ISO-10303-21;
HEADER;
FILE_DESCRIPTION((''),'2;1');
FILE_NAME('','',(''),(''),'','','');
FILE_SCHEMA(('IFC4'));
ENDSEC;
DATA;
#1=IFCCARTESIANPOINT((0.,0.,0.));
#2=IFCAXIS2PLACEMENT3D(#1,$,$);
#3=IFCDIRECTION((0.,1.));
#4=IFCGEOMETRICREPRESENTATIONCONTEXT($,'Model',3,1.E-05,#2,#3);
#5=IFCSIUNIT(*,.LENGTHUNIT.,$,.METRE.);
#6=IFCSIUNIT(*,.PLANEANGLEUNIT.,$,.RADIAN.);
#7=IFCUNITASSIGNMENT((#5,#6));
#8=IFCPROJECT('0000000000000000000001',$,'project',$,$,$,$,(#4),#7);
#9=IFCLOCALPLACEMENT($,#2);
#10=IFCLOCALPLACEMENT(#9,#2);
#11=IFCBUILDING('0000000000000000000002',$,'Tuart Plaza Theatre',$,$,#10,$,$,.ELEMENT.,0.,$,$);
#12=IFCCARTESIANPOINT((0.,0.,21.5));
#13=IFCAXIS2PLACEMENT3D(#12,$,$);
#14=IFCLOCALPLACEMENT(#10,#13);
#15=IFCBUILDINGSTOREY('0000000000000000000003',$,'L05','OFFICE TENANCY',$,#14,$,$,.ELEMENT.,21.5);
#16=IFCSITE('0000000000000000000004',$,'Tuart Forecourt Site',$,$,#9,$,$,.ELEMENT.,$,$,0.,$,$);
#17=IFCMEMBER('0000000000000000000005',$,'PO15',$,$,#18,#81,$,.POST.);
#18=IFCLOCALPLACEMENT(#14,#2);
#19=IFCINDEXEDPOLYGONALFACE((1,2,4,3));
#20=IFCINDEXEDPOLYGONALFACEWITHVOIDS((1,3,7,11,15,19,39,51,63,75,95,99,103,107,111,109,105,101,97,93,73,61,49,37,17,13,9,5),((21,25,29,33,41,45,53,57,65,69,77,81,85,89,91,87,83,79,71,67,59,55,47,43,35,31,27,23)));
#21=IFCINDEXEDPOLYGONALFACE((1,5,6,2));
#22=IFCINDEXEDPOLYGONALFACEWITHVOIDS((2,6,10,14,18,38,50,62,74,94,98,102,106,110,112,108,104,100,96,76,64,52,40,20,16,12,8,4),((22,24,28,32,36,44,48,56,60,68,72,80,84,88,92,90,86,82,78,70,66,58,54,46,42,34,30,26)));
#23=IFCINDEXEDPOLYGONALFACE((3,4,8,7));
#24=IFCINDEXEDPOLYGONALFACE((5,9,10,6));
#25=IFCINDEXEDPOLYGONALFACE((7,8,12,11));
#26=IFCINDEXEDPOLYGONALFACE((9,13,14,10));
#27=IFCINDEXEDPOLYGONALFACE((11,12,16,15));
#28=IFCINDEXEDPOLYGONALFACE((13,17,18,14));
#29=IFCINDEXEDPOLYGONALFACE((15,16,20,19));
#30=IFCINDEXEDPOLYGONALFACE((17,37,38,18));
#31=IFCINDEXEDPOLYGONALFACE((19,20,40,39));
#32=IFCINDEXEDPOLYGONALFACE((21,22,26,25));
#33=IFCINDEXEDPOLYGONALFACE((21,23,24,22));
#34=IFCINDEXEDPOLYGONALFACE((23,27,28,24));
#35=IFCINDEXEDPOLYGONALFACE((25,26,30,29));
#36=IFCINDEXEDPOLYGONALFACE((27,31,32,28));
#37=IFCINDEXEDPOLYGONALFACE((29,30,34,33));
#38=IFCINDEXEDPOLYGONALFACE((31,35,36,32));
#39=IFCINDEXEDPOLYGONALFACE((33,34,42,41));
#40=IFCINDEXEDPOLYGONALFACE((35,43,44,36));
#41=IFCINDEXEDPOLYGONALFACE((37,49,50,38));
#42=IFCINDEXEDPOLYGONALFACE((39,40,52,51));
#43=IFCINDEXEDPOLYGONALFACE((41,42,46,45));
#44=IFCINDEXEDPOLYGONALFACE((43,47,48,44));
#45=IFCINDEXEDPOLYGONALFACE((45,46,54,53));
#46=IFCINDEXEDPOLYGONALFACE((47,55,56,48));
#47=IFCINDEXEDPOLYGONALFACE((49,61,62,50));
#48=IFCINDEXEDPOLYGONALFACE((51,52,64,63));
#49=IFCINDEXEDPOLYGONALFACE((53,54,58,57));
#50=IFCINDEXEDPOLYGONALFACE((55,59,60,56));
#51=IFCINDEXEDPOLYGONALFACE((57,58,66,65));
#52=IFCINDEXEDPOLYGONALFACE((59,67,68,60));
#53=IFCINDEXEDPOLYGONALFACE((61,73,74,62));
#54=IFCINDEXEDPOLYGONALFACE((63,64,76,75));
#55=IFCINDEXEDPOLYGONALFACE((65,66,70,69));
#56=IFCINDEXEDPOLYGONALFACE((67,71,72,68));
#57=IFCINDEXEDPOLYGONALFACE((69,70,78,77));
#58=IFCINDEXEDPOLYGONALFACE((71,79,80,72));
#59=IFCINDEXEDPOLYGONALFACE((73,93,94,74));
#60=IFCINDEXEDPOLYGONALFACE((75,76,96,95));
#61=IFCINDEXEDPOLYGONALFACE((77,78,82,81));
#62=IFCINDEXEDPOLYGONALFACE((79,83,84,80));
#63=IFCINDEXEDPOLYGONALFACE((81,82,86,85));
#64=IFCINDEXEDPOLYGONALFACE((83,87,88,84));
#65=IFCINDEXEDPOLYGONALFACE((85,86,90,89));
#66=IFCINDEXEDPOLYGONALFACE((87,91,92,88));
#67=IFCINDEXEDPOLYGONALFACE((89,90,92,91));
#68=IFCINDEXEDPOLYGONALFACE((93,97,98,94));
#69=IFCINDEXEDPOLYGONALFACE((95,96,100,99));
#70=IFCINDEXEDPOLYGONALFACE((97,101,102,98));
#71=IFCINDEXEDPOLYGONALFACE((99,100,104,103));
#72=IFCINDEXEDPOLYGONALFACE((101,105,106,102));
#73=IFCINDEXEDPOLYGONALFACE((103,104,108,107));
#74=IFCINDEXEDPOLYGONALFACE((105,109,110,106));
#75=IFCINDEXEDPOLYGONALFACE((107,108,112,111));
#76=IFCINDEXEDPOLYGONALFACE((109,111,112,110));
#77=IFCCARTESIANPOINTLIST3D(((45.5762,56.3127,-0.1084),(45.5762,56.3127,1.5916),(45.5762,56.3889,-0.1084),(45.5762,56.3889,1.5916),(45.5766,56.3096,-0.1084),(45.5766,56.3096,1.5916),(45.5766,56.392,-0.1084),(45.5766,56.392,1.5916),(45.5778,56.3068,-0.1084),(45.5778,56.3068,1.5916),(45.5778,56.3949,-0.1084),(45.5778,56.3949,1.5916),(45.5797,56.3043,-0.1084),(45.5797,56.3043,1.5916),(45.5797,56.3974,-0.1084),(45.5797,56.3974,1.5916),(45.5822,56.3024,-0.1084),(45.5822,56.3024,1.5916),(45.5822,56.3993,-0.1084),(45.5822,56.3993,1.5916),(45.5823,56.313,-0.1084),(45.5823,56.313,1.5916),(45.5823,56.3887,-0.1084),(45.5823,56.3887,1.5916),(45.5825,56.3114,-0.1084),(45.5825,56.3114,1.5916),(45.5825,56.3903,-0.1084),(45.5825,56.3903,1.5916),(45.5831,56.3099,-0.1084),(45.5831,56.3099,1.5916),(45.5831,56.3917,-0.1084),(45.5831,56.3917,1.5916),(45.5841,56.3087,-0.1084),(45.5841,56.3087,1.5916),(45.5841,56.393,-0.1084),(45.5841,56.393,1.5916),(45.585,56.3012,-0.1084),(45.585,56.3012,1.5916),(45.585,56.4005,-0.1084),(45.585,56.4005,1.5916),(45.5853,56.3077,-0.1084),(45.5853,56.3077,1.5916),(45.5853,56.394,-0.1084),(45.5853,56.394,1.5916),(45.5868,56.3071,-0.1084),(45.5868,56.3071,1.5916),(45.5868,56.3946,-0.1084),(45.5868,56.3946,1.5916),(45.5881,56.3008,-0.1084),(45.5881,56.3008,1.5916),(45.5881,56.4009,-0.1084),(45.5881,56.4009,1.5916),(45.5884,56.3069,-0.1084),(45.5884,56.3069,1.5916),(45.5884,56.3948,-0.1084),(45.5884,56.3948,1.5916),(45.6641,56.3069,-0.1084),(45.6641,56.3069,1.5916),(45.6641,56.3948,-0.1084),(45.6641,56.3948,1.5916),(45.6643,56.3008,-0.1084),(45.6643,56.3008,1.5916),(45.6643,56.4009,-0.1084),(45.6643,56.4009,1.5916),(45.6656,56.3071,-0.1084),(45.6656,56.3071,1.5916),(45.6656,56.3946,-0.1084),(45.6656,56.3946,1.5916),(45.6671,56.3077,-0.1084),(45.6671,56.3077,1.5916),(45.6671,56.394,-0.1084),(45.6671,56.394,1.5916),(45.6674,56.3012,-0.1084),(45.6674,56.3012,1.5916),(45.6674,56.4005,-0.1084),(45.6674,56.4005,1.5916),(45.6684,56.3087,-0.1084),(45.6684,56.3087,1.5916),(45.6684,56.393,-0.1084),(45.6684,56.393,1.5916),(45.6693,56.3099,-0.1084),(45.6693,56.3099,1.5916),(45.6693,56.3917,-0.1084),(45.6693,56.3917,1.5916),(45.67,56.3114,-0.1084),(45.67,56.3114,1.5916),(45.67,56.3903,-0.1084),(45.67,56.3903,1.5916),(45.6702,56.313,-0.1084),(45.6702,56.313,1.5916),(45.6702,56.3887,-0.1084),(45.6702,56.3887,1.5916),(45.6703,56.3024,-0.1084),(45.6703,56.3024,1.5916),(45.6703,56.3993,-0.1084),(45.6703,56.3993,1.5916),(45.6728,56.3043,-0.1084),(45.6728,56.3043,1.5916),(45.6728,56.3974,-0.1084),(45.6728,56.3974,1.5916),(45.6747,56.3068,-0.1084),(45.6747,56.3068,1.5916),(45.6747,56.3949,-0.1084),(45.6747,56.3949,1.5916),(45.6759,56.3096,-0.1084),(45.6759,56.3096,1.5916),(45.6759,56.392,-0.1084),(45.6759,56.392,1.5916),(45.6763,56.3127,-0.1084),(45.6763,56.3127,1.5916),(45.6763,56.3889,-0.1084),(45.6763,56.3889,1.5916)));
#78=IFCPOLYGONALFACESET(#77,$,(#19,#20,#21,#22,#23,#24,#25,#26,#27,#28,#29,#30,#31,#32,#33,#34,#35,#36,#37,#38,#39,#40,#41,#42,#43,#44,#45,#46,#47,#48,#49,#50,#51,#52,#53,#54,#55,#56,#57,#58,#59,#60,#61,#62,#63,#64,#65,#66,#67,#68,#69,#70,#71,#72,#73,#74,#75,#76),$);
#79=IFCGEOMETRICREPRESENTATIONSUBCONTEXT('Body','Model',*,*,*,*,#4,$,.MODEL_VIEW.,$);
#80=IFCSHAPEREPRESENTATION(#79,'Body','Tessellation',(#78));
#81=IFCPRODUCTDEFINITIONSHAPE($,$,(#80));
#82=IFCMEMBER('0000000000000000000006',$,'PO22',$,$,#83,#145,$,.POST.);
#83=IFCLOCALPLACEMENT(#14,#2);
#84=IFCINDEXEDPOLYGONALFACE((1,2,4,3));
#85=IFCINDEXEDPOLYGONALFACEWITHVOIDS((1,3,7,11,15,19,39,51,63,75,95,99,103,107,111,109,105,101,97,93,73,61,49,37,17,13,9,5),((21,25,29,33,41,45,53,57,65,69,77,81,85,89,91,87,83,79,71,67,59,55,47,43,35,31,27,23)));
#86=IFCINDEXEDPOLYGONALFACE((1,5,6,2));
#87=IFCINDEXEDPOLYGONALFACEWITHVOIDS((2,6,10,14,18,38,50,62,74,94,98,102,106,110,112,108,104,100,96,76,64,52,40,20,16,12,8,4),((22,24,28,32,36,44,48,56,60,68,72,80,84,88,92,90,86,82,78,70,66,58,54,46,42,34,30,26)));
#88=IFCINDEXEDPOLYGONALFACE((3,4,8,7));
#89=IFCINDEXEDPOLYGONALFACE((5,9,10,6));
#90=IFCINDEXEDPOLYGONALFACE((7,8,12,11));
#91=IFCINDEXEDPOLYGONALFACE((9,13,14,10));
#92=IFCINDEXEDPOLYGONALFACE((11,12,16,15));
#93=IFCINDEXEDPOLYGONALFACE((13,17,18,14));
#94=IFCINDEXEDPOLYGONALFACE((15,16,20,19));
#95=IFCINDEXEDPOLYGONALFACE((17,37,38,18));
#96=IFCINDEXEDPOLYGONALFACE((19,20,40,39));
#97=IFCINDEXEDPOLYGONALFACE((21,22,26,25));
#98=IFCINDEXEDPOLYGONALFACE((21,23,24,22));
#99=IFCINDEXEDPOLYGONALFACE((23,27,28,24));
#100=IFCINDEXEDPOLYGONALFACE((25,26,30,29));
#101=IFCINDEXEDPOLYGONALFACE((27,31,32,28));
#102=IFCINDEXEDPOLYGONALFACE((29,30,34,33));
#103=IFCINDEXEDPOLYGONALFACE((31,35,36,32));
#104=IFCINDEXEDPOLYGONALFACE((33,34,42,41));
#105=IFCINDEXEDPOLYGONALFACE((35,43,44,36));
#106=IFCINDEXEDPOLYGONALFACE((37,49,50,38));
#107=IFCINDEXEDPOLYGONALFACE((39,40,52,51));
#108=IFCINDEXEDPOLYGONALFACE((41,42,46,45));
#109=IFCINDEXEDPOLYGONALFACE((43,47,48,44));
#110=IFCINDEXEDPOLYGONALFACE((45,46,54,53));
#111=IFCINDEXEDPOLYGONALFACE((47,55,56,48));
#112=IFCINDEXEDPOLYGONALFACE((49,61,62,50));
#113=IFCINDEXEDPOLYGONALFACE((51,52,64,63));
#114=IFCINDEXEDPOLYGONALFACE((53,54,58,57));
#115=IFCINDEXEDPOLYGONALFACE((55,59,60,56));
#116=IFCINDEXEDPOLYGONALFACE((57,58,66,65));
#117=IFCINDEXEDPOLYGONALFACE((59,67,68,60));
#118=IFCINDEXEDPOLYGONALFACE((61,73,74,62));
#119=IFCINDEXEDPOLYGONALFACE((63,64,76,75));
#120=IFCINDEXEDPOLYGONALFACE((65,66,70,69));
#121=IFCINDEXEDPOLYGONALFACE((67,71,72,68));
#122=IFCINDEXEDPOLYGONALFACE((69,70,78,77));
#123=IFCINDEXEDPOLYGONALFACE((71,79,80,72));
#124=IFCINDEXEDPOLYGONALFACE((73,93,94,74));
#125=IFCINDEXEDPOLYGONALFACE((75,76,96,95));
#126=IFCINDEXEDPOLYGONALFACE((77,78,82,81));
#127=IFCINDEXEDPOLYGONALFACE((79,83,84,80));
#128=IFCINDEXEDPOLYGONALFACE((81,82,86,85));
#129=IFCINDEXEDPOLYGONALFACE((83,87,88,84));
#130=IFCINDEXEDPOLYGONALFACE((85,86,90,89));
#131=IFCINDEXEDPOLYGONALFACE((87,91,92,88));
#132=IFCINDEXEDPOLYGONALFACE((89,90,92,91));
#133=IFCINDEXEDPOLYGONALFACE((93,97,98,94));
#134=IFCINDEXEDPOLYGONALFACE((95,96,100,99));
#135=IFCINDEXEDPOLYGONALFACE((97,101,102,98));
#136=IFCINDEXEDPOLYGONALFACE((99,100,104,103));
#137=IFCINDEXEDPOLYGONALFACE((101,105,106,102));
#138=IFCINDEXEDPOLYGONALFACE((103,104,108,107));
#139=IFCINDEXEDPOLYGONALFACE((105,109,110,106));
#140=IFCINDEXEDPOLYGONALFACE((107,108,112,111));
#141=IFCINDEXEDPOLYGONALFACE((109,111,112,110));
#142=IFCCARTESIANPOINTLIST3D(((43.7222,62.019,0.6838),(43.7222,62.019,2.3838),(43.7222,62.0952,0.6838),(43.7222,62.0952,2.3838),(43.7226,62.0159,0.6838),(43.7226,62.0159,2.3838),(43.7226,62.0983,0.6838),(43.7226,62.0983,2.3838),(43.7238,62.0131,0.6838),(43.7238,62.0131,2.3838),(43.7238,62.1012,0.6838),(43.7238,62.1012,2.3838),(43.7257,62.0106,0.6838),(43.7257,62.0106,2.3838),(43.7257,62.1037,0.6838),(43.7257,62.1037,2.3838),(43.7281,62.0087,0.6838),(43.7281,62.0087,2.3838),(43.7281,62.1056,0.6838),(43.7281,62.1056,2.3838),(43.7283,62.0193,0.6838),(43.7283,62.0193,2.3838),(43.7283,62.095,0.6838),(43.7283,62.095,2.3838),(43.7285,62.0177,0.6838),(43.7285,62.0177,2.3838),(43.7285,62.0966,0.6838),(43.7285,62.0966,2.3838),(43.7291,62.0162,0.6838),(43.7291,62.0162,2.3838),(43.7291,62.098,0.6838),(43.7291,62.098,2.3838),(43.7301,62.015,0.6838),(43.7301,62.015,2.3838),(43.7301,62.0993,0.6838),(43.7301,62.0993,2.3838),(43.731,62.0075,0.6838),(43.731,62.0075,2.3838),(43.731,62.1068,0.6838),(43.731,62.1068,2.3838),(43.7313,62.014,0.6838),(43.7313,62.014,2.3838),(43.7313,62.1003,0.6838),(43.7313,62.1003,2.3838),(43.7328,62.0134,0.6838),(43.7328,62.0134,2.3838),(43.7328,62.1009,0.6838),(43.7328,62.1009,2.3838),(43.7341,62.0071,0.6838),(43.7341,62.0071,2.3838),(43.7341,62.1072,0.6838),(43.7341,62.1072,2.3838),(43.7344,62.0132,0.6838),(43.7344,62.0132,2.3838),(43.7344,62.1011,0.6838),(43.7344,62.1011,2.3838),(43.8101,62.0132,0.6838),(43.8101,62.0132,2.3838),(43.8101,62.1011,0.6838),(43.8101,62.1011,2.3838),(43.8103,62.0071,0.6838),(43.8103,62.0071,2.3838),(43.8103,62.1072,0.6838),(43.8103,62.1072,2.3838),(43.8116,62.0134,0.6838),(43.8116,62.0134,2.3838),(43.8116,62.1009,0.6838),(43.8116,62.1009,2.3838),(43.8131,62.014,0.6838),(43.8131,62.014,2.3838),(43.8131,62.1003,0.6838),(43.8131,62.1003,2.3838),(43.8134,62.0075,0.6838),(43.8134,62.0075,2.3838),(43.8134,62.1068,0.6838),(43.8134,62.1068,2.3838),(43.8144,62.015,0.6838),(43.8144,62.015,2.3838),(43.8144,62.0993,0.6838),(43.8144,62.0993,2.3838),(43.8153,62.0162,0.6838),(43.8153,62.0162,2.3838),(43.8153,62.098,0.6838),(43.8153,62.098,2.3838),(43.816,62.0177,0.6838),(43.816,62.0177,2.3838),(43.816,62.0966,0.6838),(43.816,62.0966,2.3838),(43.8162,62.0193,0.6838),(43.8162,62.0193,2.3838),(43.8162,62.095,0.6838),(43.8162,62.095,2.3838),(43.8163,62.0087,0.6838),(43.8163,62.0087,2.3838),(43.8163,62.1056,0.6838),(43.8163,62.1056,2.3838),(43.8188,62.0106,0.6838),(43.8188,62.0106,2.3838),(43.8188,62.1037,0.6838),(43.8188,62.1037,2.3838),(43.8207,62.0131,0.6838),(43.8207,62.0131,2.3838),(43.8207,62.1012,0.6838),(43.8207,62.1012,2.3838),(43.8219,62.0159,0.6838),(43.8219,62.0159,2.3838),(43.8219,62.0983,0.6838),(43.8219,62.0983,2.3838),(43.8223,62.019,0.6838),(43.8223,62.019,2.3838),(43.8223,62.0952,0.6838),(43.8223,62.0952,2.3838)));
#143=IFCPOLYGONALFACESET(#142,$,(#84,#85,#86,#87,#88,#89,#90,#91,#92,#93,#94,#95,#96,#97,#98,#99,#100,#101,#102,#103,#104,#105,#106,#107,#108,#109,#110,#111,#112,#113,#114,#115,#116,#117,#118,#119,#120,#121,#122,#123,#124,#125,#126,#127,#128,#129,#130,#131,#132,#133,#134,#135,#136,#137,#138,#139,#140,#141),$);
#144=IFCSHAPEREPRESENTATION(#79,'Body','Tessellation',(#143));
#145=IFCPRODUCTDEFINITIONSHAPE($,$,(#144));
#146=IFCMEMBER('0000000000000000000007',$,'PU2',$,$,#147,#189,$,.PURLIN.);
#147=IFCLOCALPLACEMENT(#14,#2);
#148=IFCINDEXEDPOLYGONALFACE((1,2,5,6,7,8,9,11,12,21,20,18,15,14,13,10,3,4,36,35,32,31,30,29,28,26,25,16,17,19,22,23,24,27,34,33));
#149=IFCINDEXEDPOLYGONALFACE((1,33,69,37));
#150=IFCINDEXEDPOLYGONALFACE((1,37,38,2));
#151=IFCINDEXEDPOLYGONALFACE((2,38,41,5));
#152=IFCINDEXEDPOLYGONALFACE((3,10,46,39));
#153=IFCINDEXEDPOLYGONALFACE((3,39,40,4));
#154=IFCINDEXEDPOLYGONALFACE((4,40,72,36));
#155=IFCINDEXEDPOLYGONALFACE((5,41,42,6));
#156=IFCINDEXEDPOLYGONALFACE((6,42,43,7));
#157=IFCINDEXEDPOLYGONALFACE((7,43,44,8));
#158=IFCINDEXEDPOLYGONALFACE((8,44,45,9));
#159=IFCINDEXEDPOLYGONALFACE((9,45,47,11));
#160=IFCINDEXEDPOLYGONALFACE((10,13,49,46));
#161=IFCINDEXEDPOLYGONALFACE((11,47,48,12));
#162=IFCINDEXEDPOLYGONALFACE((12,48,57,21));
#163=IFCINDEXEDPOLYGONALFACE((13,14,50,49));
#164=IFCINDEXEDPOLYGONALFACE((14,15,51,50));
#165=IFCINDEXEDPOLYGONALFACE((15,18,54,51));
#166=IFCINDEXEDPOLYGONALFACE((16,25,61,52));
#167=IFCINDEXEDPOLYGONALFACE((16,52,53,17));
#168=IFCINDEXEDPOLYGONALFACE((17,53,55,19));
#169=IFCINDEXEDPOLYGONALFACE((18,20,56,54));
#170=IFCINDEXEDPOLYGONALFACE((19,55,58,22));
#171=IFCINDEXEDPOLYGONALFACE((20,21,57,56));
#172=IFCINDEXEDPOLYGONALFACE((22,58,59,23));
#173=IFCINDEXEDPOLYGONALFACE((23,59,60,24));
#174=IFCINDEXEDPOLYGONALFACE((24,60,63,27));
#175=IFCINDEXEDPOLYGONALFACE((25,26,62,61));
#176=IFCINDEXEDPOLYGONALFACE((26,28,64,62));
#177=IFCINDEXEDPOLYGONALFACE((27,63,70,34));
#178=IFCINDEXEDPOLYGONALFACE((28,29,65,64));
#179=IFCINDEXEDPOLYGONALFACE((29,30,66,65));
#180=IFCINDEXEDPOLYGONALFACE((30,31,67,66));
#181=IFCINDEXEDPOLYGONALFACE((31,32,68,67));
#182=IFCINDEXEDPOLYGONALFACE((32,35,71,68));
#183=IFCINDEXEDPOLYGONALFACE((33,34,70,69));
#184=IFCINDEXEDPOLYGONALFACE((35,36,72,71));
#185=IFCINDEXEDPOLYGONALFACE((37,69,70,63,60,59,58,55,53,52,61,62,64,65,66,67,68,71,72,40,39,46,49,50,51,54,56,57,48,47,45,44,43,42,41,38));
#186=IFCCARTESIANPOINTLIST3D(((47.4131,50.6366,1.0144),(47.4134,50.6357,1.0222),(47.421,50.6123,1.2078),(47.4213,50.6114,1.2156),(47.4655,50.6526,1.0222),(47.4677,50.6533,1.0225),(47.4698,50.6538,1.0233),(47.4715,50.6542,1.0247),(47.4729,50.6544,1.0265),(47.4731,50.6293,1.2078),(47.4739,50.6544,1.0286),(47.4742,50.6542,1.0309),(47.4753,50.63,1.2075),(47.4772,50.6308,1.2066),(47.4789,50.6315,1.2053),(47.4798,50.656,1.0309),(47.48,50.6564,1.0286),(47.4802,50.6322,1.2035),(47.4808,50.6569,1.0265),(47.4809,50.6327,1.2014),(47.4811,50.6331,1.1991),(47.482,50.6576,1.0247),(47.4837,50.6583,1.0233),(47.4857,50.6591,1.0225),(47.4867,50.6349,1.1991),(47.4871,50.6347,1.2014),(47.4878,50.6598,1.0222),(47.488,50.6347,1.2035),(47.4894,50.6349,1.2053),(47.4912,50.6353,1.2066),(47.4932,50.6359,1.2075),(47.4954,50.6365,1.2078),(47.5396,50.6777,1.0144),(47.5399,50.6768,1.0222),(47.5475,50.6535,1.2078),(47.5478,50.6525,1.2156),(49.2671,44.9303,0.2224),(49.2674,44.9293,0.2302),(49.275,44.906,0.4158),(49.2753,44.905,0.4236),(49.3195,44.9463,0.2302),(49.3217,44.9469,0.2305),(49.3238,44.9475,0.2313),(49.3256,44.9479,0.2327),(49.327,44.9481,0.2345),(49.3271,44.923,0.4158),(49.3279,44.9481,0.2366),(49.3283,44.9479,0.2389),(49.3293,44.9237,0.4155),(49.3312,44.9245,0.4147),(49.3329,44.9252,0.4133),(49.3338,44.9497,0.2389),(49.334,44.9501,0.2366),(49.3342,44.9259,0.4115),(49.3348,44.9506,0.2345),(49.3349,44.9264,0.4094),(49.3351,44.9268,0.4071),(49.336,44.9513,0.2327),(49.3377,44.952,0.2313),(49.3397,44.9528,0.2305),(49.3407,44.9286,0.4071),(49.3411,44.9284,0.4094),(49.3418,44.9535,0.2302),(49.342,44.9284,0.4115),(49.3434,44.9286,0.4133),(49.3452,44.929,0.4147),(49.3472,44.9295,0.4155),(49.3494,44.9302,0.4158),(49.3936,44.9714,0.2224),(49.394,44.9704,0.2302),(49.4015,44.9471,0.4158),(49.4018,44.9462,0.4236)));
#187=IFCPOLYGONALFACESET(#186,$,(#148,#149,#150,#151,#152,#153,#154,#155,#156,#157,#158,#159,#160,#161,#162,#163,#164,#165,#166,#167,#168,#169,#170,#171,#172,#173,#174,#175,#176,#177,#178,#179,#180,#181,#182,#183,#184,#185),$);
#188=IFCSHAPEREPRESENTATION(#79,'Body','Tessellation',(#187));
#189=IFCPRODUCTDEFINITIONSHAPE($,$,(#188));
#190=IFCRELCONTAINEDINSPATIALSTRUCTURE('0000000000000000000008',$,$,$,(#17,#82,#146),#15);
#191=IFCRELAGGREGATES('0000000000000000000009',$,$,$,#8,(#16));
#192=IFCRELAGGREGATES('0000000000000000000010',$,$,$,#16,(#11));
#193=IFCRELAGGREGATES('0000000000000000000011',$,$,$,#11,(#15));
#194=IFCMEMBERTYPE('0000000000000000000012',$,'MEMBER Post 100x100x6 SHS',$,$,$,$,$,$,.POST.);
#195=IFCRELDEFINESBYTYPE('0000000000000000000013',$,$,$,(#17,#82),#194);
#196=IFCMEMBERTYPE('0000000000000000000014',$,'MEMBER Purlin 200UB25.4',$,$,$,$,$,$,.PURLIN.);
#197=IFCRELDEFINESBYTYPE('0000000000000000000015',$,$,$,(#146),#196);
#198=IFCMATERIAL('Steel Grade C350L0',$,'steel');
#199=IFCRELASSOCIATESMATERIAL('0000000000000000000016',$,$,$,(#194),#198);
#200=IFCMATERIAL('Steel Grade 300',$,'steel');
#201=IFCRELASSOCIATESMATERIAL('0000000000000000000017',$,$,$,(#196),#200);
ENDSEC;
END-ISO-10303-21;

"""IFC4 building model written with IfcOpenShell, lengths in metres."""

from ifc_helpers import new_model, si_unit, direction, frame, origin, origin_2d, place, context, subcontext, project, spatial, hollow_rectangle, i_section, extrude, material, material_profile, profile_set, type_object, element, save


model = new_model("IFC4")

# Units and contexts
model_context = context("Model", 3, precision=1e-05, world=origin(), true_north=direction((0.0, 1.0)))
body_context = subcontext(model_context, "Body", "Model", "MODEL_VIEW")
ifc_project = project(units=[si_unit("LENGTHUNIT", "METRE"), si_unit("PLANEANGLEUNIT", "RADIAN")], contexts=[model_context])

# Site, building, storey
site_placement = place(None, origin())
site = spatial("IfcSite", under=ifc_project, at=site_placement, Name="Tuart Forecourt Site", CompositionType="ELEMENT", RefElevation=0.0)
building_placement = place(site_placement, origin())
building = spatial("IfcBuilding", under=site, at=building_placement, Name="Tuart Plaza Theatre", CompositionType="ELEMENT", ElevationOfRefHeight=0.0)
storey_placement = place(building_placement, frame((0.0, 0.0, 21.5)))
storey = spatial("IfcBuildingStorey", under=building, at=storey_placement, Name="L05", Description="OFFICE TENANCY", CompositionType="ELEMENT", Elevation=21.5)

# Members
ifc_material_1 = material(Name="Steel Grade C350L0", Category="steel")
ifc_material_profile_1 = material_profile(ifc_material_1, hollow_rectangle(XDim=0.1001, YDim=0.1001, WallThickness=0.0061, InnerFilletRadius=0.0061, OuterFilletRadius=0.012, at=origin_2d()), Name="100x100x6 SHS")
ifc_profile_set_1 = profile_set([ifc_material_profile_1], Name="Steel Grade C350L0")
member_type_1 = type_object("IfcMemberType", Name="MEMBER Post 100x100x6 SHS", PredefinedType="POST", material=ifc_profile_set_1)
for number, where, z_axis, x_axis, name in (
    (1, (45.6262, 56.3508, -0.1084), (0.0, 0.0, 1.0), (1.0, 0.0, 0.0), "PO15"),
    (2, (43.7722, 62.0571, 0.6838), (0.0, 0.0, 1.0), (1.0, 0.0, 0.0), "PO22"),
):
    element("IfcMember", number, at=place(storey_placement, frame(where, z_axis=z_axis, x_axis=x_axis)), inside=storey, type_object=member_type_1, Name=name, PredefinedType="POST", context=body_context, shape_type="SweptSolid", body=[
        extrude(hollow_rectangle(XDim=0.1001, YDim=0.1001, WallThickness=0.0061, InnerFilletRadius=0.0061, OuterFilletRadius=0.012, at=origin_2d()), origin(), (0.0, 0.0, 1.0), 1.7),
    ])
ifc_material_2 = material(Name="Steel Grade 300", Category="steel")
ifc_material_profile_2 = material_profile(ifc_material_2, i_section(OverallWidth=0.1331, OverallDepth=0.2029, WebThickness=0.0059, FlangeThickness=0.0078, FilletRadius=0.0088, at=origin_2d()), Name="200UB25.4")
ifc_profile_set_2 = profile_set([ifc_material_profile_2], Name="Steel Grade 300")
member_type_2 = type_object("IfcMemberType", Name="MEMBER Purlin 200UB25.4", PredefinedType="PURLIN", material=ifc_profile_set_2)
for number, where, z_axis, x_axis, name in (
    (3, (49.3345, 44.9382, 0.323), (-0.306347, 0.942882, 0.130865), (-0.951061, -0.309004, 0.0), "PU2"),
):
    element("IfcMember", number, at=place(storey_placement, frame(where, z_axis=z_axis, x_axis=x_axis)), inside=storey, type_object=member_type_2, Name=name, PredefinedType="PURLIN", context=body_context, shape_type="SweptSolid", body=[
        extrude(i_section(OverallWidth=0.1331, OverallDepth=0.2029, WebThickness=0.0059, FlangeThickness=0.0078, FilletRadius=0.0088, at=origin_2d()), origin(), (0.0, 0.0, 1.0), 6.052),
    ])

save(model, "model.ifc")
